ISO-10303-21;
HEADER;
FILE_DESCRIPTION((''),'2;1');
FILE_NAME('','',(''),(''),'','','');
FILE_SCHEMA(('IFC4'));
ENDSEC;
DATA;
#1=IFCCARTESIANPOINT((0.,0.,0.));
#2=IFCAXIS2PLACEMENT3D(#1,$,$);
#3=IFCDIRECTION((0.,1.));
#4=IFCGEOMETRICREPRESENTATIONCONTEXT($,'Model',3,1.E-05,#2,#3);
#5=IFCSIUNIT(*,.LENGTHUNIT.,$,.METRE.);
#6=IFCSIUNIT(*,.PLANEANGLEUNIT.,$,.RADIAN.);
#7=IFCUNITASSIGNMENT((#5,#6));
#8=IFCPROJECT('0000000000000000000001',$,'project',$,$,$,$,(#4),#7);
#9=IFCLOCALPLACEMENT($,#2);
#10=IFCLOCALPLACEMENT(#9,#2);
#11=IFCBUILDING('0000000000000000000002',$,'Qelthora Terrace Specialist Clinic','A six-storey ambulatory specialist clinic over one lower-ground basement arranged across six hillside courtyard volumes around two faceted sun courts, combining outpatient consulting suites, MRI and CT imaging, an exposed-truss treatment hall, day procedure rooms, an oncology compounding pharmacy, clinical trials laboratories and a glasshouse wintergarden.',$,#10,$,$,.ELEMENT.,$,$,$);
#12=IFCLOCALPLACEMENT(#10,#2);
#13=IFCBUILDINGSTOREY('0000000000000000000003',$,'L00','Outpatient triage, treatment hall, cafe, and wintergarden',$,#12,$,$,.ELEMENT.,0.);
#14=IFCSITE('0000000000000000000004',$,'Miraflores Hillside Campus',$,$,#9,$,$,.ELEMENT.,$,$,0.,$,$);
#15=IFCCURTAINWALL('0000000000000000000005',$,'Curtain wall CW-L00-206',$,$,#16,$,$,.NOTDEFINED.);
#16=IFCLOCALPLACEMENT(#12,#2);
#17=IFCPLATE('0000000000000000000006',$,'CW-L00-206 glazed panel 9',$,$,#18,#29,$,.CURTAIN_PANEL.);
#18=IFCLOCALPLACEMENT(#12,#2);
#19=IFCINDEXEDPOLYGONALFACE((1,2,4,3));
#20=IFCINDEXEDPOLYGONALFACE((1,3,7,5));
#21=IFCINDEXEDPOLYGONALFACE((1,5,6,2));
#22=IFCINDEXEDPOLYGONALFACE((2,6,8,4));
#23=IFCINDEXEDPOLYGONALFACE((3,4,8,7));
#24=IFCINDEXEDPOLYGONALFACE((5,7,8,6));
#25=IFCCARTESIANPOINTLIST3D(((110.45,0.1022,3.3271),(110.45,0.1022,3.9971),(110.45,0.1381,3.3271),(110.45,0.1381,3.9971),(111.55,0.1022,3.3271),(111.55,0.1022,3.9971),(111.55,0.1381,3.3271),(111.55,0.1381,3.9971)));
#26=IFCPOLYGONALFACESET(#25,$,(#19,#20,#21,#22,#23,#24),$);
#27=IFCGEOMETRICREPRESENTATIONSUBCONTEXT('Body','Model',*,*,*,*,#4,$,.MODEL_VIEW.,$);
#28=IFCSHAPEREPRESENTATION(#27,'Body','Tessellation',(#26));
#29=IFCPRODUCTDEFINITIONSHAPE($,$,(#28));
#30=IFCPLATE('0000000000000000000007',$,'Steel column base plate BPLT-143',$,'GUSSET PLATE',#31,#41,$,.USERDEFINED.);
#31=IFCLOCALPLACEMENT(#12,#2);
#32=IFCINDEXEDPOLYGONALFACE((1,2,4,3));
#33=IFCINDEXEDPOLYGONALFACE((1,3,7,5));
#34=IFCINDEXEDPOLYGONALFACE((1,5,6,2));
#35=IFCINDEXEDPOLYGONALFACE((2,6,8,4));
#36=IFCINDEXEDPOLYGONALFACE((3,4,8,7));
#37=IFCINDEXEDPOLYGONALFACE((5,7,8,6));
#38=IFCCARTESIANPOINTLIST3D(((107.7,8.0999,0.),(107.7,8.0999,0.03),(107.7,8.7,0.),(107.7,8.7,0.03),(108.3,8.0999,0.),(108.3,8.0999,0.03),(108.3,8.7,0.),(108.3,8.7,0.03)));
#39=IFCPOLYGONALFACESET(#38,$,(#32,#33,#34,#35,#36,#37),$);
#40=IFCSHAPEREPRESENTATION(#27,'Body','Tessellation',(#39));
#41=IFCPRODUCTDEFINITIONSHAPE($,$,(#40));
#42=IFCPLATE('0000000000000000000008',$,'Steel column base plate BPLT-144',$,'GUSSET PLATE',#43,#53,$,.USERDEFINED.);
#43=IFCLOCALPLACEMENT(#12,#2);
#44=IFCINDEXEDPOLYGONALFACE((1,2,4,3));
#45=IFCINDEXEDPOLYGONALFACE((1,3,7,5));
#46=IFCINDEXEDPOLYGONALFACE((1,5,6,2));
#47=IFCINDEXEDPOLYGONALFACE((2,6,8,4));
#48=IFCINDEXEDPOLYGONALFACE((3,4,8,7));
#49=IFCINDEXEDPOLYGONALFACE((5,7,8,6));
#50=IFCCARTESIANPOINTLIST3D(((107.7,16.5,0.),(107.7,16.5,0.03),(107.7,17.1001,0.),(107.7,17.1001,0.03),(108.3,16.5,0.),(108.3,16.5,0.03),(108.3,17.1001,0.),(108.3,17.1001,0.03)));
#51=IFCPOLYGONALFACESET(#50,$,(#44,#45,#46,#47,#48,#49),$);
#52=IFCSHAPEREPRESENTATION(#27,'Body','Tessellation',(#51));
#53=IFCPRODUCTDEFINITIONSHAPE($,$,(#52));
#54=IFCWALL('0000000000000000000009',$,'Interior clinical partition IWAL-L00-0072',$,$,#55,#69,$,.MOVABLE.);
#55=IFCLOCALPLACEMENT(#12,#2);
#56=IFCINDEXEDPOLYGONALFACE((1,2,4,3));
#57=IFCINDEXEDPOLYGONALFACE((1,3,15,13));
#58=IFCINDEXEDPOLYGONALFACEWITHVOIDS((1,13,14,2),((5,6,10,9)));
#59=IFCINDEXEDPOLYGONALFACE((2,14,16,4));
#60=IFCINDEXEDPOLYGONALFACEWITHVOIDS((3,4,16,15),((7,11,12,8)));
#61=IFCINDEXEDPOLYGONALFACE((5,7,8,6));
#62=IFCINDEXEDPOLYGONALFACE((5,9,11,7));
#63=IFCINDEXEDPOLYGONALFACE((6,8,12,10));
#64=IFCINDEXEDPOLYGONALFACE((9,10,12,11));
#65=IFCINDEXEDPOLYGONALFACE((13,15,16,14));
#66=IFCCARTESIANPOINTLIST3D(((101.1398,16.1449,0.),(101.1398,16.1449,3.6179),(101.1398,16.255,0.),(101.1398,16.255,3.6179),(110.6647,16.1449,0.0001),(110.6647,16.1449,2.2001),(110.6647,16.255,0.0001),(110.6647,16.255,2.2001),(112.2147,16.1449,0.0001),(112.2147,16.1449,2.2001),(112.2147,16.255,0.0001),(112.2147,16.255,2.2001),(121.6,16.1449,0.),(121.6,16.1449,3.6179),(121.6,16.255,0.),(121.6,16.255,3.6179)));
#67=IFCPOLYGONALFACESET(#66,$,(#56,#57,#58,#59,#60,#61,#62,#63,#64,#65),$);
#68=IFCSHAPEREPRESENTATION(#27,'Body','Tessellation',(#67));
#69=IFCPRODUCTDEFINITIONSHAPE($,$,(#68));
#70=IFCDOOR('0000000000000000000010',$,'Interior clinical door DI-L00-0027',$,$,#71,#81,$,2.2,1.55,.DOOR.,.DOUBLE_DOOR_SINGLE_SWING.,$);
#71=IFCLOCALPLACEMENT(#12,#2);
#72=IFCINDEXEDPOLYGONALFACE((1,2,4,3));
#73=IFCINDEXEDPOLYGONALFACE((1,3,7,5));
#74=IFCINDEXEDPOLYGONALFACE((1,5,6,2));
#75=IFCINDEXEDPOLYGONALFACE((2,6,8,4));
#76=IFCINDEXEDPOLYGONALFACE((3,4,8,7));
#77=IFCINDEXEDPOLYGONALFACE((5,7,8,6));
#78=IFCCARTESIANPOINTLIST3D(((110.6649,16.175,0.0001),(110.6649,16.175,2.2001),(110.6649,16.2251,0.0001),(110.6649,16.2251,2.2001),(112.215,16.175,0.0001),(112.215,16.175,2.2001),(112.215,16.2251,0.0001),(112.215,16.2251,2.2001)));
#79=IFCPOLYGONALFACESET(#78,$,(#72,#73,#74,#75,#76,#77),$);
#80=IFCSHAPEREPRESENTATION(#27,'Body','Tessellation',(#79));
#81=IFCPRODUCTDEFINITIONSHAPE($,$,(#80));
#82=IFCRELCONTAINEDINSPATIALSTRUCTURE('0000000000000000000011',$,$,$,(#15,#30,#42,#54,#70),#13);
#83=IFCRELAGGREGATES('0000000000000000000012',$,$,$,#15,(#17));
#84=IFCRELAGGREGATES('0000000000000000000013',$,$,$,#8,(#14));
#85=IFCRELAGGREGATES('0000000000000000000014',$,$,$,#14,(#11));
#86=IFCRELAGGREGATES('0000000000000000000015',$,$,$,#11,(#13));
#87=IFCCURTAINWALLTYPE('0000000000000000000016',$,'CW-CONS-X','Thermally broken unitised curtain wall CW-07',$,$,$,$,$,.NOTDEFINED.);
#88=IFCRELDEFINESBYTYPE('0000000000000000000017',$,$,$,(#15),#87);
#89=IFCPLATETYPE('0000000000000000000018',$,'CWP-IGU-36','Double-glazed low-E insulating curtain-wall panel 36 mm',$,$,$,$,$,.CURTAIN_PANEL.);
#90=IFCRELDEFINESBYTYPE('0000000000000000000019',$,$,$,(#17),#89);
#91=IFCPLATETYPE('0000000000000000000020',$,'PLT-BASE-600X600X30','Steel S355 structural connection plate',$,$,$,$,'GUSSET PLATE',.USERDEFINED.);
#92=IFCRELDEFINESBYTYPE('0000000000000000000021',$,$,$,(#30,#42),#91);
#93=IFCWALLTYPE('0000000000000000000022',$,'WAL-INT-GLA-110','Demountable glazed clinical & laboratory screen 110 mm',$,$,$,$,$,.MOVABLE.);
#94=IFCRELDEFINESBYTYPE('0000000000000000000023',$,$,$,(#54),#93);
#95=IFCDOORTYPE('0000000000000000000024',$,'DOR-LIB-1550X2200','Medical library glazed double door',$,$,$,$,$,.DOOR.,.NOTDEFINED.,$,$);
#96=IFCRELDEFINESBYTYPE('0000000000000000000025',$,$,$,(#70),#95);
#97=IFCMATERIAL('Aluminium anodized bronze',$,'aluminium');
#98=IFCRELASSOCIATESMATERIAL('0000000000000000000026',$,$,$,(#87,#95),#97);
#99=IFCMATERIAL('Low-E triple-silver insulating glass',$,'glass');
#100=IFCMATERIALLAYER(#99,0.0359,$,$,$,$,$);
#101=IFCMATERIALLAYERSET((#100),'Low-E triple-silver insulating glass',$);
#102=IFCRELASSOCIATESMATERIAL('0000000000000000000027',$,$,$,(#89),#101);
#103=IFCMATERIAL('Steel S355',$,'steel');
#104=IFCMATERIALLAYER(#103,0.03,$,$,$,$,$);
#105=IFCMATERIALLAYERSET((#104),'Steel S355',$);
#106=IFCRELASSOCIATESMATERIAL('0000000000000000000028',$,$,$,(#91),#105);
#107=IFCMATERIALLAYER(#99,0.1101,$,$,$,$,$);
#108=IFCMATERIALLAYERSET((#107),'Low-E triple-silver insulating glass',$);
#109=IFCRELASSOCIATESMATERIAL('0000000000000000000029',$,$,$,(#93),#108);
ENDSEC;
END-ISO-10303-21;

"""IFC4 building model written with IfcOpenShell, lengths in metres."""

from ifc_helpers import new_model, si_unit, direction, frame, frame_2d, origin, origin_2d, place, context, subcontext, project, spatial, rectangle, extrude, material, layer, layer_set, type_object, element, fill, aggregate, save


model = new_model("IFC4")

# Units and contexts
model_context = context("Model", 3, precision=1e-05, world=origin(), true_north=direction((0.0, 1.0)))
body_context = subcontext(model_context, "Body", "Model", "MODEL_VIEW")
ifc_project = project(units=[si_unit("LENGTHUNIT", "METRE"), si_unit("PLANEANGLEUNIT", "RADIAN")], contexts=[model_context])

# Site, building, storey
site_placement = place(None, origin())
site = spatial("IfcSite", under=ifc_project, at=site_placement, Name="Miraflores Hillside Campus", CompositionType="ELEMENT", RefElevation=0.0)
building_placement = place(site_placement, origin())
building = spatial("IfcBuilding", under=site, at=building_placement, Name="Qelthora Terrace Specialist Clinic", Description="A six-storey ambulatory specialist clinic over one lower-ground basement arranged across six hillside courtyard volumes around two faceted sun courts, combining outpatient consulting suites, MRI and CT imaging, an exposed-truss treatment hall, day procedure rooms, an oncology compounding pharmacy, clinical trials laboratories and a glasshouse wintergarden.", CompositionType="ELEMENT")
storey_placement = place(building_placement, origin())
storey = spatial("IfcBuildingStorey", under=building, at=storey_placement, Name="L00", Description="Outpatient triage, treatment hall, cafe, and wintergarden", CompositionType="ELEMENT", Elevation=0.0)

# Shared definitions
ifc_material_1 = material(Name="Steel S355", Category="steel")

# Shared definitions
ifc_material_2 = material(Name="Aluminium anodized bronze", Category="aluminium")
curtain_wall_type = type_object("IfcCurtainWallType", Name="CW-CONS-X", Description="Thermally broken unitised curtain wall CW-07", PredefinedType="NOTDEFINED", material=ifc_material_2)

# Curtain wall
curtain_wall_1_placement = place(storey_placement, origin())
curtain_wall_1 = element("IfcCurtainWall", 1, at=curtain_wall_1_placement, inside=storey, type_object=curtain_wall_type, Name="Curtain wall CW-L00-206", PredefinedType="NOTDEFINED")

# Plate
ifc_material_3 = material(Name="Low-E triple-silver insulating glass", Category="glass")
ifc_layer_1 = layer(ifc_material_3, 0.0359)
ifc_layer_set_1 = layer_set([ifc_layer_1], Name="Low-E triple-silver insulating glass")
plate_type_1 = type_object("IfcPlateType", Name="CWP-IGU-36", Description="Double-glazed low-E insulating curtain-wall panel 36 mm", PredefinedType="CURTAIN_PANEL", material=ifc_layer_set_1)
plate_1_placement = place(storey_placement, frame((111.0, 0.1201, 3.3271), z_axis=(0.0, 0.0, 1.0), x_axis=(1.0, 0.0, 0.0)))
plate_1 = element("IfcPlate", 2, at=plate_1_placement, type_object=plate_type_1, Name="CW-L00-206 glazed panel 9", PredefinedType="CURTAIN_PANEL", context=body_context, shape_type="SweptSolid", body=[
    extrude(rectangle(XDim=1.1001, YDim=0.0359, at=origin_2d()), origin(), (0.0, 0.0, 1.0), 0.6699),
])
aggregate(curtain_wall_1, [plate_1])

# Plates
ifc_layer_2 = layer(ifc_material_1, 0.03)
ifc_layer_set_2 = layer_set([ifc_layer_2], Name="Steel S355")
plate_type_2 = type_object("IfcPlateType", Name="PLT-BASE-600X600X30", Description="Steel S355 structural connection plate", ElementType="GUSSET PLATE", PredefinedType="USERDEFINED", material=ifc_layer_set_2)
for number, where, z_axis, x_axis, name in (
    (3, (108.0, 8.3999, 0.0), (0.0, 0.0, 1.0), (1.0, 0.0, 0.0), "Steel column base plate BPLT-143"),
    (4, (108.0, 16.8, 0.0), (0.0, 0.0, 1.0), (1.0, 0.0, 0.0), "Steel column base plate BPLT-144"),
):
    element("IfcPlate", number, at=place(storey_placement, frame(where, z_axis=z_axis, x_axis=x_axis)), inside=storey, type_object=plate_type_2, Name=name, ObjectType="GUSSET PLATE", PredefinedType="USERDEFINED", context=body_context, shape_type="SweptSolid", body=[
        extrude(rectangle(XDim=0.6001, YDim=0.6001, at=origin_2d()), origin(), (0.0, 0.0, 1.0), 0.03),
    ])

# Wall, opening, door
ifc_layer_3 = layer(ifc_material_3, 0.1101)
ifc_layer_set_3 = layer_set([ifc_layer_3], Name="Low-E triple-silver insulating glass")
wall_type = type_object("IfcWallType", Name="WAL-INT-GLA-110", Description="Demountable glazed clinical & laboratory screen 110 mm", PredefinedType="MOVABLE", material=ifc_layer_set_3)
wall_placement = place(storey_placement, frame((101.1399, 16.2, 0.0), z_axis=(0.0, 0.0, 1.0), x_axis=(1.0, 0.0, 0.0)))
wall = element("IfcWall", 5, at=wall_placement, inside=storey, type_object=wall_type, Name="Interior clinical partition IWAL-L00-0072", PredefinedType="MOVABLE", context=body_context, shape_type="SweptSolid", body=[
    extrude(rectangle(XDim=20.4602, YDim=0.1101, at=frame_2d((10.23, 0.0))), origin(), (0.0, 0.0, 1.0), 3.6179),
])
opening_placement = place(wall_placement, frame((9.5249, 0.0, 0.0)))
opening = element("IfcOpeningElement", 6, at=opening_placement, cuts=wall, PredefinedType="OPENING", context=body_context, shape_type="SweptSolid", body=[
    extrude(rectangle(XDim=1.55, YDim=2.2, at=frame_2d((0.7749, 1.1001))), frame((0.0, 0.0649, 0.0), z_axis=(0.0, -1.0, 0.0), x_axis=(1.0, 0.0, 0.0)), (0.0, 0.0, 1.0), 0.1301),
])
door_type = type_object("IfcDoorType", Name="DOR-LIB-1550X2200", Description="Medical library glazed double door", OperationType="NOTDEFINED", PredefinedType="DOOR", material=ifc_material_2)
door_placement = place(opening_placement, frame((1.55, 0.0, 0.0), z_axis=(0.0, 0.0, 1.0), x_axis=(-1.0, 0.0, 0.0)))
door = element("IfcDoor", 7, at=door_placement, inside=storey, type_object=door_type, Name="Interior clinical door DI-L00-0027", OperationType="DOUBLE_DOOR_SINGLE_SWING", OverallHeight=2.2, OverallWidth=1.55, PredefinedType="DOOR", context=body_context, shape_type="SweptSolid", body=[
    extrude(rectangle(XDim=1.55, YDim=2.2, at=frame_2d((0.7749, 1.1001))), frame((0.0, 0.0249, 0.0), z_axis=(0.0, -1.0, 0.0), x_axis=(1.0, 0.0, 0.0)), (0.0, 0.0, 1.0), 0.05),
])
fill(opening, door)

save(model, "model.ifc")
